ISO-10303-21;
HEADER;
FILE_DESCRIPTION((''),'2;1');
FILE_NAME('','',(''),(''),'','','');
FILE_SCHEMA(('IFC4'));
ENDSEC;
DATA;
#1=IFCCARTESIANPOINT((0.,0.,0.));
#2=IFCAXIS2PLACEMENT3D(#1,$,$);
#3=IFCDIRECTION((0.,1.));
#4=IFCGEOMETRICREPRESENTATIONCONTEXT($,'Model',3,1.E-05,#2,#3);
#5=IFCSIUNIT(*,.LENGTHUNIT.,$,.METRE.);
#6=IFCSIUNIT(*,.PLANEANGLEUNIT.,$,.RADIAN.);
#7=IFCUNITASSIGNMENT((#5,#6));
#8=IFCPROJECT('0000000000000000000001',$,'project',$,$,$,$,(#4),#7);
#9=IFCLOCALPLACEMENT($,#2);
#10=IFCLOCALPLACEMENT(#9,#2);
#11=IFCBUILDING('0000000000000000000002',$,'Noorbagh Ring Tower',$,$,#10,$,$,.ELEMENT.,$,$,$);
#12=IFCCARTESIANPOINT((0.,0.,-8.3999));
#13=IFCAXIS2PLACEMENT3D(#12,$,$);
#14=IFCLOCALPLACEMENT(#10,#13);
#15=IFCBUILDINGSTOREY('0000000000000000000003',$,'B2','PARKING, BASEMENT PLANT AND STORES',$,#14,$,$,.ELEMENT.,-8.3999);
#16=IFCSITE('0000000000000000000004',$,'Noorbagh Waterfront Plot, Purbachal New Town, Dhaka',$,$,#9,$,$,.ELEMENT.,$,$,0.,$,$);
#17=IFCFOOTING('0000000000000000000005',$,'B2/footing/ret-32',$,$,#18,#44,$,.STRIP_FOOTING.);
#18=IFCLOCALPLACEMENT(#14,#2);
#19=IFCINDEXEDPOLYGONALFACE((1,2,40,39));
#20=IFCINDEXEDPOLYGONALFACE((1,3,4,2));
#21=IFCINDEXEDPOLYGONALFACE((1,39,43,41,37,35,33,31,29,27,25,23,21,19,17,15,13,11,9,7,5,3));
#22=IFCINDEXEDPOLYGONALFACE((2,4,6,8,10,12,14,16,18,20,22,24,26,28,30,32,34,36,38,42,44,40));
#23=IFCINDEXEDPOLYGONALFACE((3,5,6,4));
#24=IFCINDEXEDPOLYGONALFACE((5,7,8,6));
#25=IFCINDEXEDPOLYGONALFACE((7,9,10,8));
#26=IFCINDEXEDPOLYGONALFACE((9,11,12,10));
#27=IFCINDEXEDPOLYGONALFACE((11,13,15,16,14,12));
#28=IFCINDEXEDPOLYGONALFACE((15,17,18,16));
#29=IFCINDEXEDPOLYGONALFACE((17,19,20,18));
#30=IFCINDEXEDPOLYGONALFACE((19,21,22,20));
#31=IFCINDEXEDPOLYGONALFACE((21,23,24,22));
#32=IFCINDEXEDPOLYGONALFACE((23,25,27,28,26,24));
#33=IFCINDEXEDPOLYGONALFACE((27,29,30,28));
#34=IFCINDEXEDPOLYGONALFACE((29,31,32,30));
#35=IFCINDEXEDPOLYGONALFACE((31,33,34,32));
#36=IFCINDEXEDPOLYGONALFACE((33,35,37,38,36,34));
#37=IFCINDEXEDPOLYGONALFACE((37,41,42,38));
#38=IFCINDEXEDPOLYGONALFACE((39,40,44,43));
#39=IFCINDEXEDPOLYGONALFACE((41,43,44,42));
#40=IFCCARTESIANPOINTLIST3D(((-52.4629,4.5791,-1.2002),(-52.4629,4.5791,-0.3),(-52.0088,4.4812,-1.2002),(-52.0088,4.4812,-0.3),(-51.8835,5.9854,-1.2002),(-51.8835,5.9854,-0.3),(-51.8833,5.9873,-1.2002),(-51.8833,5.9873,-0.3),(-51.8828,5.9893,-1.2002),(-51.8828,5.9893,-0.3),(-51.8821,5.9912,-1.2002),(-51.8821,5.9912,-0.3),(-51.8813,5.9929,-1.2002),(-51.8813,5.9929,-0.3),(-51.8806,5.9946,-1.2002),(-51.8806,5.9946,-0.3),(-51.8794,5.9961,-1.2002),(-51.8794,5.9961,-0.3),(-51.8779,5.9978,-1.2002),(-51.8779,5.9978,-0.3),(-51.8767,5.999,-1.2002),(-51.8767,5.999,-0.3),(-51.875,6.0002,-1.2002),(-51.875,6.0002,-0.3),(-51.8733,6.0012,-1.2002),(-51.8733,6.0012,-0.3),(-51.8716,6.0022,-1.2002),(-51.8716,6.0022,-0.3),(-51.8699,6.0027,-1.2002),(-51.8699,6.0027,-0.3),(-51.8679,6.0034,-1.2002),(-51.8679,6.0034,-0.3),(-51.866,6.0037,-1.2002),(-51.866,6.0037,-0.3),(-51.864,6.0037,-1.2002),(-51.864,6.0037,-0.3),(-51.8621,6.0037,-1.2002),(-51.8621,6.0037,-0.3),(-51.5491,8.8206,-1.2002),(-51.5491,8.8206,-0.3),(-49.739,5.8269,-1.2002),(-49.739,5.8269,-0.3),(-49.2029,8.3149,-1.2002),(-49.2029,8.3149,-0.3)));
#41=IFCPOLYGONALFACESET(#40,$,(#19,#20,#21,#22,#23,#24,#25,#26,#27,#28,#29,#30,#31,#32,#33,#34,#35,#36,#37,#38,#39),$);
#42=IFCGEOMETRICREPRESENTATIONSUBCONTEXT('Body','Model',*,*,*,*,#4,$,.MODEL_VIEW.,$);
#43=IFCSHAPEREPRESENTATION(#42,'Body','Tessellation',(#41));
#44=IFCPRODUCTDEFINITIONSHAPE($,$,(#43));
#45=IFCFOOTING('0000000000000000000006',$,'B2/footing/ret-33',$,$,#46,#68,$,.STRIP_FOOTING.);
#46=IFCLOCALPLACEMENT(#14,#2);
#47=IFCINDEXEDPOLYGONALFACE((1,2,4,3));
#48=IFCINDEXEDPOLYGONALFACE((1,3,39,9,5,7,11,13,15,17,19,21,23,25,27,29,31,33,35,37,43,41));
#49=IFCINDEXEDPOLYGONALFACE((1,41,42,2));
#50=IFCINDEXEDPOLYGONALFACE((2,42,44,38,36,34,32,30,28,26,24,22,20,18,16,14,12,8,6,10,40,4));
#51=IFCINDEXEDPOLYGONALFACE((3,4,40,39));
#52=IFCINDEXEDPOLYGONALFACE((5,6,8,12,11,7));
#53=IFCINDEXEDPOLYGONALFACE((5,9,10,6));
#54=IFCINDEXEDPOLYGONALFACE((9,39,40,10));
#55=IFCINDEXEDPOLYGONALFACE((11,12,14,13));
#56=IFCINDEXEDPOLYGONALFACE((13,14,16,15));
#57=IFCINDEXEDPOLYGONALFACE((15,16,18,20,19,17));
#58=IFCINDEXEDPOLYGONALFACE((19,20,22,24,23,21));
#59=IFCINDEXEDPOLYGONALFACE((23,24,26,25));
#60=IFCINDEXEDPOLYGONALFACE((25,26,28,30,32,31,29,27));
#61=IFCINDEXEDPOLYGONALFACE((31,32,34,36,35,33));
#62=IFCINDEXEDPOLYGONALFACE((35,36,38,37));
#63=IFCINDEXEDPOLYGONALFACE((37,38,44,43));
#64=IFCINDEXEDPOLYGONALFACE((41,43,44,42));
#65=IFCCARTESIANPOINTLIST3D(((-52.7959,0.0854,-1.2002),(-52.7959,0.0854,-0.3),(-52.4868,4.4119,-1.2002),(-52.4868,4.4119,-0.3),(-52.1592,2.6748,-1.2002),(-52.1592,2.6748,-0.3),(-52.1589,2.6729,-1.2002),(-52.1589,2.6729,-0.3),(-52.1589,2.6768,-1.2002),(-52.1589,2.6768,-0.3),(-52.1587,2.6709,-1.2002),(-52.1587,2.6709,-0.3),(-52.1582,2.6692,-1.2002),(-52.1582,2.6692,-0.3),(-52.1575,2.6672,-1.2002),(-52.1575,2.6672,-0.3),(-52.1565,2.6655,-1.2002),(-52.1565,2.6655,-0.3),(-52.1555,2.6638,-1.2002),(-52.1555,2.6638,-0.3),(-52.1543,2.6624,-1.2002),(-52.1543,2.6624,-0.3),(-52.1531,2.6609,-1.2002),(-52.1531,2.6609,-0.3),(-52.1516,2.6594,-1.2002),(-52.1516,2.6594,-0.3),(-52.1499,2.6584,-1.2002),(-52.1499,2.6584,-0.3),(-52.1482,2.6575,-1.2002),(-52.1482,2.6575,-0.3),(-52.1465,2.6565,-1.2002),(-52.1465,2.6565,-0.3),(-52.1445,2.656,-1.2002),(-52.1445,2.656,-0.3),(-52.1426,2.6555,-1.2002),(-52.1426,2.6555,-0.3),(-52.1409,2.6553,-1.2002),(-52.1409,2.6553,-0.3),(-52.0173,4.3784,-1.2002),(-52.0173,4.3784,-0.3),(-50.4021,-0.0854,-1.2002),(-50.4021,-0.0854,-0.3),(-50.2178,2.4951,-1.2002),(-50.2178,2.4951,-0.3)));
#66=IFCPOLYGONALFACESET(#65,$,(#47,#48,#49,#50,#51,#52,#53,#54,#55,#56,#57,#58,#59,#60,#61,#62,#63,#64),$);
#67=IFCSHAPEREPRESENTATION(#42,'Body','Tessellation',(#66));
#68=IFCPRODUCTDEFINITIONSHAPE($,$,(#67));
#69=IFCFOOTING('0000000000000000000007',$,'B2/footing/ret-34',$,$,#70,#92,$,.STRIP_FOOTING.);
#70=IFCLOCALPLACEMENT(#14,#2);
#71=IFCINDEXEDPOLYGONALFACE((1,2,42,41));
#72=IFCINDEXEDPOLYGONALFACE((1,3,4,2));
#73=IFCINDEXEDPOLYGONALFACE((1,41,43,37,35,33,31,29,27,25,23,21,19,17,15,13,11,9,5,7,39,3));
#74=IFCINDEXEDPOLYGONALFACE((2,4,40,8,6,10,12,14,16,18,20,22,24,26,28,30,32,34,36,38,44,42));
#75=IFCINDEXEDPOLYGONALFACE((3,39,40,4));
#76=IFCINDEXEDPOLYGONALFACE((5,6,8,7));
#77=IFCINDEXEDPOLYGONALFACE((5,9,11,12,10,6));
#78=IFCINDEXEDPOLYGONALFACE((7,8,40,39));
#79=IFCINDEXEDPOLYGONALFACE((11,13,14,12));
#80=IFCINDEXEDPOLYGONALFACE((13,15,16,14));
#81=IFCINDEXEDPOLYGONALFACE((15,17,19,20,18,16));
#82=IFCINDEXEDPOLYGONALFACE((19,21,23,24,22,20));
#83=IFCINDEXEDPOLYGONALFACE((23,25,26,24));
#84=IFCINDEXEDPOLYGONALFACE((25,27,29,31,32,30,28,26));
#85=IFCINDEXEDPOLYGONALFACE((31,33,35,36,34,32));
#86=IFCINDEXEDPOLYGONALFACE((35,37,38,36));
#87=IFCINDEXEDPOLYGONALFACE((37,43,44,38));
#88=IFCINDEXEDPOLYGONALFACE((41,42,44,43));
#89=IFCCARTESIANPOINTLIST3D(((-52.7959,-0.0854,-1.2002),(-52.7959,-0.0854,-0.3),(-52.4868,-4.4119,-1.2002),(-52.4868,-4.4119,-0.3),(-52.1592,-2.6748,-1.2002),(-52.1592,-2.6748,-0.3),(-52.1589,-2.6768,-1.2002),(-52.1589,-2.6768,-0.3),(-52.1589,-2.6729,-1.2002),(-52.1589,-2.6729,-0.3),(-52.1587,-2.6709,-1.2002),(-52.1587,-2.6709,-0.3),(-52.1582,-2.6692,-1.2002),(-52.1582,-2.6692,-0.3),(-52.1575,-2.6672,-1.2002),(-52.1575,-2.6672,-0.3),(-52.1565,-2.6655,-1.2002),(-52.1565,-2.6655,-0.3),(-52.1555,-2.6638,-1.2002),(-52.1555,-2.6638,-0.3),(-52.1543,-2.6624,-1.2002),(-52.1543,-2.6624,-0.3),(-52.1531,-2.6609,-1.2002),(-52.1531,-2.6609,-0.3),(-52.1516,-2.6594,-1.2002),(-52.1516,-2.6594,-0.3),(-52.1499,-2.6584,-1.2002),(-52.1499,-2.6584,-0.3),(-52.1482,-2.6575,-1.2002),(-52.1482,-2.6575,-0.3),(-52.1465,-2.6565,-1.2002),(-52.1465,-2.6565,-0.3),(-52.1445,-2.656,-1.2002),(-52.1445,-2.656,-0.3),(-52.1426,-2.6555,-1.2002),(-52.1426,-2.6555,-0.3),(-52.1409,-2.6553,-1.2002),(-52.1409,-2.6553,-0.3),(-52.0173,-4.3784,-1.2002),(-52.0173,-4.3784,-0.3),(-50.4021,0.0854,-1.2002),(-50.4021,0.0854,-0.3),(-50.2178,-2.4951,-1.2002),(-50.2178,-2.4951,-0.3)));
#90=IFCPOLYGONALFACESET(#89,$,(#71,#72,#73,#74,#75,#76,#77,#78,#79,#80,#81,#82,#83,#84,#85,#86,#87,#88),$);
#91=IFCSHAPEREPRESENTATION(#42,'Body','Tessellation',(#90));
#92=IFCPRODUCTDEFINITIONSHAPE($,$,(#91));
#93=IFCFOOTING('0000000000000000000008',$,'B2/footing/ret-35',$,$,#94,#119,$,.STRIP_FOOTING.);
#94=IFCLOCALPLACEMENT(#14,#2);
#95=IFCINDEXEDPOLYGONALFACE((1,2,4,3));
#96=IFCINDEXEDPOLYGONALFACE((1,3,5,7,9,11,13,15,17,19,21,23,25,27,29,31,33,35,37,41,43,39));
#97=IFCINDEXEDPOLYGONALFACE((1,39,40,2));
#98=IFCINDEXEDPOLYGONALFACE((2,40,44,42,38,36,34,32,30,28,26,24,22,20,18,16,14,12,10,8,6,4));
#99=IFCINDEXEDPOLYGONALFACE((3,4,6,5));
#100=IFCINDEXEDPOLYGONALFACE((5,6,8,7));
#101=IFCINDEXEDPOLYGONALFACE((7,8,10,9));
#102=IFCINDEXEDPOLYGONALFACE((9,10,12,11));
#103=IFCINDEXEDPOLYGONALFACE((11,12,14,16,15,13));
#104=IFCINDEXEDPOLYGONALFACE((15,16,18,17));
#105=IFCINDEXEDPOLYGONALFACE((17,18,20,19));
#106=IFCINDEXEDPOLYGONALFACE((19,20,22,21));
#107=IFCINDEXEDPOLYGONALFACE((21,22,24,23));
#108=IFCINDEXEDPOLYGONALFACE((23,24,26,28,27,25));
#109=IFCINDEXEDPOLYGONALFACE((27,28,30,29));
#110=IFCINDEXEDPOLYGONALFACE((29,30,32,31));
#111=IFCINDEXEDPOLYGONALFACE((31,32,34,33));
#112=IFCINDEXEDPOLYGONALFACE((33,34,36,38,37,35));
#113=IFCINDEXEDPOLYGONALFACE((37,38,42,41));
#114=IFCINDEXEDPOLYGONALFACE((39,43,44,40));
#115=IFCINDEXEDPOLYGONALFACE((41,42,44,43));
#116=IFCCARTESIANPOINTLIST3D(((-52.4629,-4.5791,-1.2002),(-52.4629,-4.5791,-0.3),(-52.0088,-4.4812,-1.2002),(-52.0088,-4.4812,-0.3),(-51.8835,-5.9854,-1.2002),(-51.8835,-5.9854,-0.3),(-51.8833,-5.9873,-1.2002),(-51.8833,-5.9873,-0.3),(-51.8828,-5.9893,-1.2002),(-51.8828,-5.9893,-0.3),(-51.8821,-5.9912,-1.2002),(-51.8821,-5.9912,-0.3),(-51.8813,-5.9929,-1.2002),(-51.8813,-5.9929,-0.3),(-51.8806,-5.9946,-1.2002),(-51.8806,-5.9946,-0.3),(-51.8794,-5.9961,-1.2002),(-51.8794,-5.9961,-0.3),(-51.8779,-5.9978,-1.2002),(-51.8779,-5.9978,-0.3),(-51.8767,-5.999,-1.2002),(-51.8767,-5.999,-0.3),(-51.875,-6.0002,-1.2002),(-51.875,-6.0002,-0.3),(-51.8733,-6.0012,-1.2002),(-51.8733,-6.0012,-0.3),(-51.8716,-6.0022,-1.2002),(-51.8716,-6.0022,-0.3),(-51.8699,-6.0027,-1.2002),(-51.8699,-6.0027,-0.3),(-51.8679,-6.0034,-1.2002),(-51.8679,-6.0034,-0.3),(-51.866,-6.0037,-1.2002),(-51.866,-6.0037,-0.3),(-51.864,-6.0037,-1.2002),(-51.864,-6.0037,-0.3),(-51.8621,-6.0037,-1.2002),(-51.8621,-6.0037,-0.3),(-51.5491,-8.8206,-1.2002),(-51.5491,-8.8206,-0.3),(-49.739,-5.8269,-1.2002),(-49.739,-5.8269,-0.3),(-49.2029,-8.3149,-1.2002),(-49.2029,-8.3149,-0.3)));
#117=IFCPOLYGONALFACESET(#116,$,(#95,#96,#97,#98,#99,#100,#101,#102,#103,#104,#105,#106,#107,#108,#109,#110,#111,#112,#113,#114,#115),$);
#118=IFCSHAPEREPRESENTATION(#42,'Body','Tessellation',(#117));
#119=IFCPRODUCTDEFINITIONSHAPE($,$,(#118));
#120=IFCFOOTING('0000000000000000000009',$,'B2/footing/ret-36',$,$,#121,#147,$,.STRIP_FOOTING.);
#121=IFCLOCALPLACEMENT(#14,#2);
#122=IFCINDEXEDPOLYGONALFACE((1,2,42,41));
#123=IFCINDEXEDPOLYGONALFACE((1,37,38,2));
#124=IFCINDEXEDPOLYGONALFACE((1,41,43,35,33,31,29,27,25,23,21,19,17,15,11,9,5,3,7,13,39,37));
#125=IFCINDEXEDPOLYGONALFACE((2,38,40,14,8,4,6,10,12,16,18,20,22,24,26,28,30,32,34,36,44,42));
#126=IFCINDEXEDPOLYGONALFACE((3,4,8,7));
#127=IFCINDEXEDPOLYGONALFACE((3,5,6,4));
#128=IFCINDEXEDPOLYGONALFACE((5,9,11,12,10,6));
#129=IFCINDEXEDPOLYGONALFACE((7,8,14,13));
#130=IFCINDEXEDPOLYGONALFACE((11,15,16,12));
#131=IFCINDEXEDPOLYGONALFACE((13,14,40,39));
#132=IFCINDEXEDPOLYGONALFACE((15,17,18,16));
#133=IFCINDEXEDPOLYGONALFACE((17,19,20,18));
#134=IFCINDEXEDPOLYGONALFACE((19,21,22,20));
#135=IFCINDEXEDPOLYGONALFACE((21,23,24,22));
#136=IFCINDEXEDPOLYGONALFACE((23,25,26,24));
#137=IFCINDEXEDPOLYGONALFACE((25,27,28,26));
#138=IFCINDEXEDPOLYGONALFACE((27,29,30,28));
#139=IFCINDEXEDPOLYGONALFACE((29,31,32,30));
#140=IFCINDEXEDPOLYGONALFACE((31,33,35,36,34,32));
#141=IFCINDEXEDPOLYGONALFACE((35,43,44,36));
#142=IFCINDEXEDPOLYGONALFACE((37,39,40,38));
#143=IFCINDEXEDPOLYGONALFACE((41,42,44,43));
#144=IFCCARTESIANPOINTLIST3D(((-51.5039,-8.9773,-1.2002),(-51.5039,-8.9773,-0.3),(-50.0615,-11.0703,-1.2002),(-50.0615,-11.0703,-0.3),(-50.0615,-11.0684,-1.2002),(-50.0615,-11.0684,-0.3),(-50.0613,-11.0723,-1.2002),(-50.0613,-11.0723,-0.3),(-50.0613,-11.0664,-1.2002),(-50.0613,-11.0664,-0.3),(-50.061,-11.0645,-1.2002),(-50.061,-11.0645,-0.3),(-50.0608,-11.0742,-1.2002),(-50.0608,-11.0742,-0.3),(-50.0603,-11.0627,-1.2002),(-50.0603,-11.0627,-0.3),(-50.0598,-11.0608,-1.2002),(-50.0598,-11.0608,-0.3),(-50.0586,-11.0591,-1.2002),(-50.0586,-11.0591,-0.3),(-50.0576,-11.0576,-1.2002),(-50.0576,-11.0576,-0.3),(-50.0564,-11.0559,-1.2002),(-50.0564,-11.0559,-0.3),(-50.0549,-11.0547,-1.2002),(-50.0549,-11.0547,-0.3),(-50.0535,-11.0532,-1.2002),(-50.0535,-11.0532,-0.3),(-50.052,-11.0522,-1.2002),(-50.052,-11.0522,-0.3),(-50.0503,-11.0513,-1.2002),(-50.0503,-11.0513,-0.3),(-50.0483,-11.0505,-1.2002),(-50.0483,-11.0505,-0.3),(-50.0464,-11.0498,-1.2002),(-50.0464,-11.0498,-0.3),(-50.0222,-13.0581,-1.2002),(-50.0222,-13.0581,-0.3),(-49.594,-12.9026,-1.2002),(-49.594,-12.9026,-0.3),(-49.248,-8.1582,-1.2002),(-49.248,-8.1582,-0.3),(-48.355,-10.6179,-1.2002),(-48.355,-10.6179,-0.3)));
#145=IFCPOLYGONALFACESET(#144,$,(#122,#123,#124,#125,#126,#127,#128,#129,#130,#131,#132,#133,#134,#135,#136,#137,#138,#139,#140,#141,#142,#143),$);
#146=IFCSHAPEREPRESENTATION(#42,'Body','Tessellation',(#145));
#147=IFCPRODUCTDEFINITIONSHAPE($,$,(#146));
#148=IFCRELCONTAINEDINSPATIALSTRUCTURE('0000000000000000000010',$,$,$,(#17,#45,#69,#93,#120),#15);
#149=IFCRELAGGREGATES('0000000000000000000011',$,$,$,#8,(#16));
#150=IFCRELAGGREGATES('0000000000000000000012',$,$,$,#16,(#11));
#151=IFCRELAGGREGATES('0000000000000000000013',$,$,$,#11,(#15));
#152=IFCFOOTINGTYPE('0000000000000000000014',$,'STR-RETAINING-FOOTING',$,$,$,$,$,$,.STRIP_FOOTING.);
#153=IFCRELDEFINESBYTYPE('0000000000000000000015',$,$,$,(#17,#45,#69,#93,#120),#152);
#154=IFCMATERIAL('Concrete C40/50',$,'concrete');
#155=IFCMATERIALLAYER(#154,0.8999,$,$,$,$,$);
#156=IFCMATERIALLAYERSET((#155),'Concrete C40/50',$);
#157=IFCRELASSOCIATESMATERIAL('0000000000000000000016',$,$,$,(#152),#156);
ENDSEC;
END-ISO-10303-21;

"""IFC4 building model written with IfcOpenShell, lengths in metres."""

from ifc_helpers import new_model, si_unit, direction, frame, origin, place, context, subcontext, project, spatial, polyline, outline, extrude, material, layer, layer_set, type_object, element, save


model = new_model("IFC4")

# Units and contexts
model_context = context("Model", 3, precision=1e-05, world=origin(), true_north=direction((0.0, 1.0)))
body_context = subcontext(model_context, "Body", "Model", "MODEL_VIEW")
ifc_project = project(units=[si_unit("LENGTHUNIT", "METRE"), si_unit("PLANEANGLEUNIT", "RADIAN")], contexts=[model_context])

# Site, building, storey
site_placement = place(None, origin())
site = spatial("IfcSite", under=ifc_project, at=site_placement, Name="Noorbagh Waterfront Plot, Purbachal New Town, Dhaka", CompositionType="ELEMENT", RefElevation=0.0)
building_placement = place(site_placement, origin())
building = spatial("IfcBuilding", under=site, at=building_placement, Name="Noorbagh Ring Tower", CompositionType="ELEMENT")
storey_placement = place(building_placement, frame((0.0, 0.0, -8.3999)))
storey = spatial("IfcBuildingStorey", under=building, at=storey_placement, Name="B2", Description="PARKING, BASEMENT PLANT AND STORES", CompositionType="ELEMENT", Elevation=-8.3999)

# Footings
ifc_material_1 = material(Name="Concrete C40/50", Category="concrete")
ifc_layer = layer(ifc_material_1, 0.8999)
ifc_layer_set = layer_set([ifc_layer], Name="Concrete C40/50")
footing_type = type_object("IfcFootingType", Name="STR-RETAINING-FOOTING", PredefinedType="STRIP_FOOTING", material=ifc_layer_set)
footing_1_placement = place(storey_placement, frame((0.0, 0.0, -1.2002)))
element("IfcFooting", 1, at=footing_1_placement, inside=storey, type_object=footing_type, Name="B2/footing/ret-32", PredefinedType="STRIP_FOOTING", context=body_context, shape_type="SweptSolid", body=[
    extrude(outline(polyline([(-52.4629, 4.5791), (-51.5491, 8.8206), (-49.2029, 8.3149), (-49.739, 5.8269), (-51.8621, 6.0037), (-51.864, 6.0037), (-51.866, 6.0037), (-51.8679, 6.0034), (-51.8699, 6.0027), (-51.8716, 6.0022), (-51.8733, 6.0012), (-51.875, 6.0002), (-51.8767, 5.999), (-51.8779, 5.9978), (-51.8794, 5.9961), (-51.8806, 5.9946), (-51.8813, 5.9929), (-51.8821, 5.9912), (-51.8828, 5.9893), (-51.8833, 5.9873), (-51.8835, 5.9854), (-52.0088, 4.4812), (-52.4629, 4.5791)])), origin(), (0.0, 0.0, 1.0), 0.9001),
])
footing_2_placement = place(storey_placement, frame((0.0, 0.0, -1.2002)))
element("IfcFooting", 2, at=footing_2_placement, inside=storey, type_object=footing_type, Name="B2/footing/ret-33", PredefinedType="STRIP_FOOTING", context=body_context, shape_type="SweptSolid", body=[
    extrude(outline(polyline([(-52.7959, 0.0854), (-52.4868, 4.4119), (-52.0173, 4.3784), (-52.1589, 2.6768), (-52.1592, 2.6748), (-52.1589, 2.6729), (-52.1587, 2.6709), (-52.1582, 2.6692), (-52.1575, 2.6672), (-52.1565, 2.6655), (-52.1555, 2.6638), (-52.1543, 2.6624), (-52.1531, 2.6609), (-52.1516, 2.6594), (-52.1499, 2.6584), (-52.1482, 2.6575), (-52.1465, 2.6565), (-52.1445, 2.656), (-52.1426, 2.6555), (-52.1409, 2.6553), (-50.2178, 2.4951), (-50.4021, -0.0854), (-52.7959, 0.0854)])), origin(), (0.0, 0.0, 1.0), 0.9001),
])
footing_3_placement = place(storey_placement, frame((0.0, 0.0, -1.2002)))
element("IfcFooting", 3, at=footing_3_placement, inside=storey, type_object=footing_type, Name="B2/footing/ret-34", PredefinedType="STRIP_FOOTING", context=body_context, shape_type="SweptSolid", body=[
    extrude(outline(polyline([(-52.4868, -4.4119), (-52.7959, -0.0854), (-50.4021, 0.0854), (-50.2178, -2.4951), (-52.1409, -2.6553), (-52.1426, -2.6555), (-52.1445, -2.656), (-52.1465, -2.6565), (-52.1482, -2.6575), (-52.1499, -2.6584), (-52.1516, -2.6594), (-52.1531, -2.6609), (-52.1543, -2.6624), (-52.1555, -2.6638), (-52.1565, -2.6655), (-52.1575, -2.6672), (-52.1582, -2.6692), (-52.1587, -2.6709), (-52.1589, -2.6729), (-52.1592, -2.6748), (-52.1589, -2.6768), (-52.0173, -4.3784), (-52.4868, -4.4119)])), origin(), (0.0, 0.0, 1.0), 0.9001),
])
footing_4_placement = place(storey_placement, frame((0.0, 0.0, -1.2002)))
element("IfcFooting", 4, at=footing_4_placement, inside=storey, type_object=footing_type, Name="B2/footing/ret-35", PredefinedType="STRIP_FOOTING", context=body_context, shape_type="SweptSolid", body=[
    extrude(outline(polyline([(-51.5491, -8.8206), (-52.4629, -4.5791), (-52.0088, -4.4812), (-51.8835, -5.9854), (-51.8833, -5.9873), (-51.8828, -5.9893), (-51.8821, -5.9912), (-51.8813, -5.9929), (-51.8806, -5.9946), (-51.8794, -5.9961), (-51.8779, -5.9978), (-51.8767, -5.999), (-51.875, -6.0002), (-51.8733, -6.0012), (-51.8716, -6.0022), (-51.8699, -6.0027), (-51.8679, -6.0034), (-51.866, -6.0037), (-51.864, -6.0037), (-51.8621, -6.0037), (-49.739, -5.8269), (-49.2029, -8.3149), (-51.5491, -8.8206)])), origin(), (0.0, 0.0, 1.0), 0.9001),
])
footing_5_placement = place(storey_placement, frame((0.0, 0.0, -1.2002)))
element("IfcFooting", 5, at=footing_5_placement, inside=storey, type_object=footing_type, Name="B2/footing/ret-36", PredefinedType="STRIP_FOOTING", context=body_context, shape_type="SweptSolid", body=[
    extrude(outline(polyline([(-50.0222, -13.0581), (-51.5039, -8.9773), (-49.248, -8.1582), (-48.355, -10.6179), (-50.0464, -11.0498), (-50.0483, -11.0505), (-50.0503, -11.0513), (-50.052, -11.0522), (-50.0535, -11.0532), (-50.0549, -11.0547), (-50.0564, -11.0559), (-50.0576, -11.0576), (-50.0586, -11.0591), (-50.0598, -11.0608), (-50.0603, -11.0627), (-50.061, -11.0645), (-50.0613, -11.0664), (-50.0615, -11.0684), (-50.0615, -11.0703), (-50.0613, -11.0723), (-50.0608, -11.0742), (-49.594, -12.9026), (-50.0222, -13.0581)])), origin(), (0.0, 0.0, 1.0), 0.9001),
])

save(model, "model.ifc")
